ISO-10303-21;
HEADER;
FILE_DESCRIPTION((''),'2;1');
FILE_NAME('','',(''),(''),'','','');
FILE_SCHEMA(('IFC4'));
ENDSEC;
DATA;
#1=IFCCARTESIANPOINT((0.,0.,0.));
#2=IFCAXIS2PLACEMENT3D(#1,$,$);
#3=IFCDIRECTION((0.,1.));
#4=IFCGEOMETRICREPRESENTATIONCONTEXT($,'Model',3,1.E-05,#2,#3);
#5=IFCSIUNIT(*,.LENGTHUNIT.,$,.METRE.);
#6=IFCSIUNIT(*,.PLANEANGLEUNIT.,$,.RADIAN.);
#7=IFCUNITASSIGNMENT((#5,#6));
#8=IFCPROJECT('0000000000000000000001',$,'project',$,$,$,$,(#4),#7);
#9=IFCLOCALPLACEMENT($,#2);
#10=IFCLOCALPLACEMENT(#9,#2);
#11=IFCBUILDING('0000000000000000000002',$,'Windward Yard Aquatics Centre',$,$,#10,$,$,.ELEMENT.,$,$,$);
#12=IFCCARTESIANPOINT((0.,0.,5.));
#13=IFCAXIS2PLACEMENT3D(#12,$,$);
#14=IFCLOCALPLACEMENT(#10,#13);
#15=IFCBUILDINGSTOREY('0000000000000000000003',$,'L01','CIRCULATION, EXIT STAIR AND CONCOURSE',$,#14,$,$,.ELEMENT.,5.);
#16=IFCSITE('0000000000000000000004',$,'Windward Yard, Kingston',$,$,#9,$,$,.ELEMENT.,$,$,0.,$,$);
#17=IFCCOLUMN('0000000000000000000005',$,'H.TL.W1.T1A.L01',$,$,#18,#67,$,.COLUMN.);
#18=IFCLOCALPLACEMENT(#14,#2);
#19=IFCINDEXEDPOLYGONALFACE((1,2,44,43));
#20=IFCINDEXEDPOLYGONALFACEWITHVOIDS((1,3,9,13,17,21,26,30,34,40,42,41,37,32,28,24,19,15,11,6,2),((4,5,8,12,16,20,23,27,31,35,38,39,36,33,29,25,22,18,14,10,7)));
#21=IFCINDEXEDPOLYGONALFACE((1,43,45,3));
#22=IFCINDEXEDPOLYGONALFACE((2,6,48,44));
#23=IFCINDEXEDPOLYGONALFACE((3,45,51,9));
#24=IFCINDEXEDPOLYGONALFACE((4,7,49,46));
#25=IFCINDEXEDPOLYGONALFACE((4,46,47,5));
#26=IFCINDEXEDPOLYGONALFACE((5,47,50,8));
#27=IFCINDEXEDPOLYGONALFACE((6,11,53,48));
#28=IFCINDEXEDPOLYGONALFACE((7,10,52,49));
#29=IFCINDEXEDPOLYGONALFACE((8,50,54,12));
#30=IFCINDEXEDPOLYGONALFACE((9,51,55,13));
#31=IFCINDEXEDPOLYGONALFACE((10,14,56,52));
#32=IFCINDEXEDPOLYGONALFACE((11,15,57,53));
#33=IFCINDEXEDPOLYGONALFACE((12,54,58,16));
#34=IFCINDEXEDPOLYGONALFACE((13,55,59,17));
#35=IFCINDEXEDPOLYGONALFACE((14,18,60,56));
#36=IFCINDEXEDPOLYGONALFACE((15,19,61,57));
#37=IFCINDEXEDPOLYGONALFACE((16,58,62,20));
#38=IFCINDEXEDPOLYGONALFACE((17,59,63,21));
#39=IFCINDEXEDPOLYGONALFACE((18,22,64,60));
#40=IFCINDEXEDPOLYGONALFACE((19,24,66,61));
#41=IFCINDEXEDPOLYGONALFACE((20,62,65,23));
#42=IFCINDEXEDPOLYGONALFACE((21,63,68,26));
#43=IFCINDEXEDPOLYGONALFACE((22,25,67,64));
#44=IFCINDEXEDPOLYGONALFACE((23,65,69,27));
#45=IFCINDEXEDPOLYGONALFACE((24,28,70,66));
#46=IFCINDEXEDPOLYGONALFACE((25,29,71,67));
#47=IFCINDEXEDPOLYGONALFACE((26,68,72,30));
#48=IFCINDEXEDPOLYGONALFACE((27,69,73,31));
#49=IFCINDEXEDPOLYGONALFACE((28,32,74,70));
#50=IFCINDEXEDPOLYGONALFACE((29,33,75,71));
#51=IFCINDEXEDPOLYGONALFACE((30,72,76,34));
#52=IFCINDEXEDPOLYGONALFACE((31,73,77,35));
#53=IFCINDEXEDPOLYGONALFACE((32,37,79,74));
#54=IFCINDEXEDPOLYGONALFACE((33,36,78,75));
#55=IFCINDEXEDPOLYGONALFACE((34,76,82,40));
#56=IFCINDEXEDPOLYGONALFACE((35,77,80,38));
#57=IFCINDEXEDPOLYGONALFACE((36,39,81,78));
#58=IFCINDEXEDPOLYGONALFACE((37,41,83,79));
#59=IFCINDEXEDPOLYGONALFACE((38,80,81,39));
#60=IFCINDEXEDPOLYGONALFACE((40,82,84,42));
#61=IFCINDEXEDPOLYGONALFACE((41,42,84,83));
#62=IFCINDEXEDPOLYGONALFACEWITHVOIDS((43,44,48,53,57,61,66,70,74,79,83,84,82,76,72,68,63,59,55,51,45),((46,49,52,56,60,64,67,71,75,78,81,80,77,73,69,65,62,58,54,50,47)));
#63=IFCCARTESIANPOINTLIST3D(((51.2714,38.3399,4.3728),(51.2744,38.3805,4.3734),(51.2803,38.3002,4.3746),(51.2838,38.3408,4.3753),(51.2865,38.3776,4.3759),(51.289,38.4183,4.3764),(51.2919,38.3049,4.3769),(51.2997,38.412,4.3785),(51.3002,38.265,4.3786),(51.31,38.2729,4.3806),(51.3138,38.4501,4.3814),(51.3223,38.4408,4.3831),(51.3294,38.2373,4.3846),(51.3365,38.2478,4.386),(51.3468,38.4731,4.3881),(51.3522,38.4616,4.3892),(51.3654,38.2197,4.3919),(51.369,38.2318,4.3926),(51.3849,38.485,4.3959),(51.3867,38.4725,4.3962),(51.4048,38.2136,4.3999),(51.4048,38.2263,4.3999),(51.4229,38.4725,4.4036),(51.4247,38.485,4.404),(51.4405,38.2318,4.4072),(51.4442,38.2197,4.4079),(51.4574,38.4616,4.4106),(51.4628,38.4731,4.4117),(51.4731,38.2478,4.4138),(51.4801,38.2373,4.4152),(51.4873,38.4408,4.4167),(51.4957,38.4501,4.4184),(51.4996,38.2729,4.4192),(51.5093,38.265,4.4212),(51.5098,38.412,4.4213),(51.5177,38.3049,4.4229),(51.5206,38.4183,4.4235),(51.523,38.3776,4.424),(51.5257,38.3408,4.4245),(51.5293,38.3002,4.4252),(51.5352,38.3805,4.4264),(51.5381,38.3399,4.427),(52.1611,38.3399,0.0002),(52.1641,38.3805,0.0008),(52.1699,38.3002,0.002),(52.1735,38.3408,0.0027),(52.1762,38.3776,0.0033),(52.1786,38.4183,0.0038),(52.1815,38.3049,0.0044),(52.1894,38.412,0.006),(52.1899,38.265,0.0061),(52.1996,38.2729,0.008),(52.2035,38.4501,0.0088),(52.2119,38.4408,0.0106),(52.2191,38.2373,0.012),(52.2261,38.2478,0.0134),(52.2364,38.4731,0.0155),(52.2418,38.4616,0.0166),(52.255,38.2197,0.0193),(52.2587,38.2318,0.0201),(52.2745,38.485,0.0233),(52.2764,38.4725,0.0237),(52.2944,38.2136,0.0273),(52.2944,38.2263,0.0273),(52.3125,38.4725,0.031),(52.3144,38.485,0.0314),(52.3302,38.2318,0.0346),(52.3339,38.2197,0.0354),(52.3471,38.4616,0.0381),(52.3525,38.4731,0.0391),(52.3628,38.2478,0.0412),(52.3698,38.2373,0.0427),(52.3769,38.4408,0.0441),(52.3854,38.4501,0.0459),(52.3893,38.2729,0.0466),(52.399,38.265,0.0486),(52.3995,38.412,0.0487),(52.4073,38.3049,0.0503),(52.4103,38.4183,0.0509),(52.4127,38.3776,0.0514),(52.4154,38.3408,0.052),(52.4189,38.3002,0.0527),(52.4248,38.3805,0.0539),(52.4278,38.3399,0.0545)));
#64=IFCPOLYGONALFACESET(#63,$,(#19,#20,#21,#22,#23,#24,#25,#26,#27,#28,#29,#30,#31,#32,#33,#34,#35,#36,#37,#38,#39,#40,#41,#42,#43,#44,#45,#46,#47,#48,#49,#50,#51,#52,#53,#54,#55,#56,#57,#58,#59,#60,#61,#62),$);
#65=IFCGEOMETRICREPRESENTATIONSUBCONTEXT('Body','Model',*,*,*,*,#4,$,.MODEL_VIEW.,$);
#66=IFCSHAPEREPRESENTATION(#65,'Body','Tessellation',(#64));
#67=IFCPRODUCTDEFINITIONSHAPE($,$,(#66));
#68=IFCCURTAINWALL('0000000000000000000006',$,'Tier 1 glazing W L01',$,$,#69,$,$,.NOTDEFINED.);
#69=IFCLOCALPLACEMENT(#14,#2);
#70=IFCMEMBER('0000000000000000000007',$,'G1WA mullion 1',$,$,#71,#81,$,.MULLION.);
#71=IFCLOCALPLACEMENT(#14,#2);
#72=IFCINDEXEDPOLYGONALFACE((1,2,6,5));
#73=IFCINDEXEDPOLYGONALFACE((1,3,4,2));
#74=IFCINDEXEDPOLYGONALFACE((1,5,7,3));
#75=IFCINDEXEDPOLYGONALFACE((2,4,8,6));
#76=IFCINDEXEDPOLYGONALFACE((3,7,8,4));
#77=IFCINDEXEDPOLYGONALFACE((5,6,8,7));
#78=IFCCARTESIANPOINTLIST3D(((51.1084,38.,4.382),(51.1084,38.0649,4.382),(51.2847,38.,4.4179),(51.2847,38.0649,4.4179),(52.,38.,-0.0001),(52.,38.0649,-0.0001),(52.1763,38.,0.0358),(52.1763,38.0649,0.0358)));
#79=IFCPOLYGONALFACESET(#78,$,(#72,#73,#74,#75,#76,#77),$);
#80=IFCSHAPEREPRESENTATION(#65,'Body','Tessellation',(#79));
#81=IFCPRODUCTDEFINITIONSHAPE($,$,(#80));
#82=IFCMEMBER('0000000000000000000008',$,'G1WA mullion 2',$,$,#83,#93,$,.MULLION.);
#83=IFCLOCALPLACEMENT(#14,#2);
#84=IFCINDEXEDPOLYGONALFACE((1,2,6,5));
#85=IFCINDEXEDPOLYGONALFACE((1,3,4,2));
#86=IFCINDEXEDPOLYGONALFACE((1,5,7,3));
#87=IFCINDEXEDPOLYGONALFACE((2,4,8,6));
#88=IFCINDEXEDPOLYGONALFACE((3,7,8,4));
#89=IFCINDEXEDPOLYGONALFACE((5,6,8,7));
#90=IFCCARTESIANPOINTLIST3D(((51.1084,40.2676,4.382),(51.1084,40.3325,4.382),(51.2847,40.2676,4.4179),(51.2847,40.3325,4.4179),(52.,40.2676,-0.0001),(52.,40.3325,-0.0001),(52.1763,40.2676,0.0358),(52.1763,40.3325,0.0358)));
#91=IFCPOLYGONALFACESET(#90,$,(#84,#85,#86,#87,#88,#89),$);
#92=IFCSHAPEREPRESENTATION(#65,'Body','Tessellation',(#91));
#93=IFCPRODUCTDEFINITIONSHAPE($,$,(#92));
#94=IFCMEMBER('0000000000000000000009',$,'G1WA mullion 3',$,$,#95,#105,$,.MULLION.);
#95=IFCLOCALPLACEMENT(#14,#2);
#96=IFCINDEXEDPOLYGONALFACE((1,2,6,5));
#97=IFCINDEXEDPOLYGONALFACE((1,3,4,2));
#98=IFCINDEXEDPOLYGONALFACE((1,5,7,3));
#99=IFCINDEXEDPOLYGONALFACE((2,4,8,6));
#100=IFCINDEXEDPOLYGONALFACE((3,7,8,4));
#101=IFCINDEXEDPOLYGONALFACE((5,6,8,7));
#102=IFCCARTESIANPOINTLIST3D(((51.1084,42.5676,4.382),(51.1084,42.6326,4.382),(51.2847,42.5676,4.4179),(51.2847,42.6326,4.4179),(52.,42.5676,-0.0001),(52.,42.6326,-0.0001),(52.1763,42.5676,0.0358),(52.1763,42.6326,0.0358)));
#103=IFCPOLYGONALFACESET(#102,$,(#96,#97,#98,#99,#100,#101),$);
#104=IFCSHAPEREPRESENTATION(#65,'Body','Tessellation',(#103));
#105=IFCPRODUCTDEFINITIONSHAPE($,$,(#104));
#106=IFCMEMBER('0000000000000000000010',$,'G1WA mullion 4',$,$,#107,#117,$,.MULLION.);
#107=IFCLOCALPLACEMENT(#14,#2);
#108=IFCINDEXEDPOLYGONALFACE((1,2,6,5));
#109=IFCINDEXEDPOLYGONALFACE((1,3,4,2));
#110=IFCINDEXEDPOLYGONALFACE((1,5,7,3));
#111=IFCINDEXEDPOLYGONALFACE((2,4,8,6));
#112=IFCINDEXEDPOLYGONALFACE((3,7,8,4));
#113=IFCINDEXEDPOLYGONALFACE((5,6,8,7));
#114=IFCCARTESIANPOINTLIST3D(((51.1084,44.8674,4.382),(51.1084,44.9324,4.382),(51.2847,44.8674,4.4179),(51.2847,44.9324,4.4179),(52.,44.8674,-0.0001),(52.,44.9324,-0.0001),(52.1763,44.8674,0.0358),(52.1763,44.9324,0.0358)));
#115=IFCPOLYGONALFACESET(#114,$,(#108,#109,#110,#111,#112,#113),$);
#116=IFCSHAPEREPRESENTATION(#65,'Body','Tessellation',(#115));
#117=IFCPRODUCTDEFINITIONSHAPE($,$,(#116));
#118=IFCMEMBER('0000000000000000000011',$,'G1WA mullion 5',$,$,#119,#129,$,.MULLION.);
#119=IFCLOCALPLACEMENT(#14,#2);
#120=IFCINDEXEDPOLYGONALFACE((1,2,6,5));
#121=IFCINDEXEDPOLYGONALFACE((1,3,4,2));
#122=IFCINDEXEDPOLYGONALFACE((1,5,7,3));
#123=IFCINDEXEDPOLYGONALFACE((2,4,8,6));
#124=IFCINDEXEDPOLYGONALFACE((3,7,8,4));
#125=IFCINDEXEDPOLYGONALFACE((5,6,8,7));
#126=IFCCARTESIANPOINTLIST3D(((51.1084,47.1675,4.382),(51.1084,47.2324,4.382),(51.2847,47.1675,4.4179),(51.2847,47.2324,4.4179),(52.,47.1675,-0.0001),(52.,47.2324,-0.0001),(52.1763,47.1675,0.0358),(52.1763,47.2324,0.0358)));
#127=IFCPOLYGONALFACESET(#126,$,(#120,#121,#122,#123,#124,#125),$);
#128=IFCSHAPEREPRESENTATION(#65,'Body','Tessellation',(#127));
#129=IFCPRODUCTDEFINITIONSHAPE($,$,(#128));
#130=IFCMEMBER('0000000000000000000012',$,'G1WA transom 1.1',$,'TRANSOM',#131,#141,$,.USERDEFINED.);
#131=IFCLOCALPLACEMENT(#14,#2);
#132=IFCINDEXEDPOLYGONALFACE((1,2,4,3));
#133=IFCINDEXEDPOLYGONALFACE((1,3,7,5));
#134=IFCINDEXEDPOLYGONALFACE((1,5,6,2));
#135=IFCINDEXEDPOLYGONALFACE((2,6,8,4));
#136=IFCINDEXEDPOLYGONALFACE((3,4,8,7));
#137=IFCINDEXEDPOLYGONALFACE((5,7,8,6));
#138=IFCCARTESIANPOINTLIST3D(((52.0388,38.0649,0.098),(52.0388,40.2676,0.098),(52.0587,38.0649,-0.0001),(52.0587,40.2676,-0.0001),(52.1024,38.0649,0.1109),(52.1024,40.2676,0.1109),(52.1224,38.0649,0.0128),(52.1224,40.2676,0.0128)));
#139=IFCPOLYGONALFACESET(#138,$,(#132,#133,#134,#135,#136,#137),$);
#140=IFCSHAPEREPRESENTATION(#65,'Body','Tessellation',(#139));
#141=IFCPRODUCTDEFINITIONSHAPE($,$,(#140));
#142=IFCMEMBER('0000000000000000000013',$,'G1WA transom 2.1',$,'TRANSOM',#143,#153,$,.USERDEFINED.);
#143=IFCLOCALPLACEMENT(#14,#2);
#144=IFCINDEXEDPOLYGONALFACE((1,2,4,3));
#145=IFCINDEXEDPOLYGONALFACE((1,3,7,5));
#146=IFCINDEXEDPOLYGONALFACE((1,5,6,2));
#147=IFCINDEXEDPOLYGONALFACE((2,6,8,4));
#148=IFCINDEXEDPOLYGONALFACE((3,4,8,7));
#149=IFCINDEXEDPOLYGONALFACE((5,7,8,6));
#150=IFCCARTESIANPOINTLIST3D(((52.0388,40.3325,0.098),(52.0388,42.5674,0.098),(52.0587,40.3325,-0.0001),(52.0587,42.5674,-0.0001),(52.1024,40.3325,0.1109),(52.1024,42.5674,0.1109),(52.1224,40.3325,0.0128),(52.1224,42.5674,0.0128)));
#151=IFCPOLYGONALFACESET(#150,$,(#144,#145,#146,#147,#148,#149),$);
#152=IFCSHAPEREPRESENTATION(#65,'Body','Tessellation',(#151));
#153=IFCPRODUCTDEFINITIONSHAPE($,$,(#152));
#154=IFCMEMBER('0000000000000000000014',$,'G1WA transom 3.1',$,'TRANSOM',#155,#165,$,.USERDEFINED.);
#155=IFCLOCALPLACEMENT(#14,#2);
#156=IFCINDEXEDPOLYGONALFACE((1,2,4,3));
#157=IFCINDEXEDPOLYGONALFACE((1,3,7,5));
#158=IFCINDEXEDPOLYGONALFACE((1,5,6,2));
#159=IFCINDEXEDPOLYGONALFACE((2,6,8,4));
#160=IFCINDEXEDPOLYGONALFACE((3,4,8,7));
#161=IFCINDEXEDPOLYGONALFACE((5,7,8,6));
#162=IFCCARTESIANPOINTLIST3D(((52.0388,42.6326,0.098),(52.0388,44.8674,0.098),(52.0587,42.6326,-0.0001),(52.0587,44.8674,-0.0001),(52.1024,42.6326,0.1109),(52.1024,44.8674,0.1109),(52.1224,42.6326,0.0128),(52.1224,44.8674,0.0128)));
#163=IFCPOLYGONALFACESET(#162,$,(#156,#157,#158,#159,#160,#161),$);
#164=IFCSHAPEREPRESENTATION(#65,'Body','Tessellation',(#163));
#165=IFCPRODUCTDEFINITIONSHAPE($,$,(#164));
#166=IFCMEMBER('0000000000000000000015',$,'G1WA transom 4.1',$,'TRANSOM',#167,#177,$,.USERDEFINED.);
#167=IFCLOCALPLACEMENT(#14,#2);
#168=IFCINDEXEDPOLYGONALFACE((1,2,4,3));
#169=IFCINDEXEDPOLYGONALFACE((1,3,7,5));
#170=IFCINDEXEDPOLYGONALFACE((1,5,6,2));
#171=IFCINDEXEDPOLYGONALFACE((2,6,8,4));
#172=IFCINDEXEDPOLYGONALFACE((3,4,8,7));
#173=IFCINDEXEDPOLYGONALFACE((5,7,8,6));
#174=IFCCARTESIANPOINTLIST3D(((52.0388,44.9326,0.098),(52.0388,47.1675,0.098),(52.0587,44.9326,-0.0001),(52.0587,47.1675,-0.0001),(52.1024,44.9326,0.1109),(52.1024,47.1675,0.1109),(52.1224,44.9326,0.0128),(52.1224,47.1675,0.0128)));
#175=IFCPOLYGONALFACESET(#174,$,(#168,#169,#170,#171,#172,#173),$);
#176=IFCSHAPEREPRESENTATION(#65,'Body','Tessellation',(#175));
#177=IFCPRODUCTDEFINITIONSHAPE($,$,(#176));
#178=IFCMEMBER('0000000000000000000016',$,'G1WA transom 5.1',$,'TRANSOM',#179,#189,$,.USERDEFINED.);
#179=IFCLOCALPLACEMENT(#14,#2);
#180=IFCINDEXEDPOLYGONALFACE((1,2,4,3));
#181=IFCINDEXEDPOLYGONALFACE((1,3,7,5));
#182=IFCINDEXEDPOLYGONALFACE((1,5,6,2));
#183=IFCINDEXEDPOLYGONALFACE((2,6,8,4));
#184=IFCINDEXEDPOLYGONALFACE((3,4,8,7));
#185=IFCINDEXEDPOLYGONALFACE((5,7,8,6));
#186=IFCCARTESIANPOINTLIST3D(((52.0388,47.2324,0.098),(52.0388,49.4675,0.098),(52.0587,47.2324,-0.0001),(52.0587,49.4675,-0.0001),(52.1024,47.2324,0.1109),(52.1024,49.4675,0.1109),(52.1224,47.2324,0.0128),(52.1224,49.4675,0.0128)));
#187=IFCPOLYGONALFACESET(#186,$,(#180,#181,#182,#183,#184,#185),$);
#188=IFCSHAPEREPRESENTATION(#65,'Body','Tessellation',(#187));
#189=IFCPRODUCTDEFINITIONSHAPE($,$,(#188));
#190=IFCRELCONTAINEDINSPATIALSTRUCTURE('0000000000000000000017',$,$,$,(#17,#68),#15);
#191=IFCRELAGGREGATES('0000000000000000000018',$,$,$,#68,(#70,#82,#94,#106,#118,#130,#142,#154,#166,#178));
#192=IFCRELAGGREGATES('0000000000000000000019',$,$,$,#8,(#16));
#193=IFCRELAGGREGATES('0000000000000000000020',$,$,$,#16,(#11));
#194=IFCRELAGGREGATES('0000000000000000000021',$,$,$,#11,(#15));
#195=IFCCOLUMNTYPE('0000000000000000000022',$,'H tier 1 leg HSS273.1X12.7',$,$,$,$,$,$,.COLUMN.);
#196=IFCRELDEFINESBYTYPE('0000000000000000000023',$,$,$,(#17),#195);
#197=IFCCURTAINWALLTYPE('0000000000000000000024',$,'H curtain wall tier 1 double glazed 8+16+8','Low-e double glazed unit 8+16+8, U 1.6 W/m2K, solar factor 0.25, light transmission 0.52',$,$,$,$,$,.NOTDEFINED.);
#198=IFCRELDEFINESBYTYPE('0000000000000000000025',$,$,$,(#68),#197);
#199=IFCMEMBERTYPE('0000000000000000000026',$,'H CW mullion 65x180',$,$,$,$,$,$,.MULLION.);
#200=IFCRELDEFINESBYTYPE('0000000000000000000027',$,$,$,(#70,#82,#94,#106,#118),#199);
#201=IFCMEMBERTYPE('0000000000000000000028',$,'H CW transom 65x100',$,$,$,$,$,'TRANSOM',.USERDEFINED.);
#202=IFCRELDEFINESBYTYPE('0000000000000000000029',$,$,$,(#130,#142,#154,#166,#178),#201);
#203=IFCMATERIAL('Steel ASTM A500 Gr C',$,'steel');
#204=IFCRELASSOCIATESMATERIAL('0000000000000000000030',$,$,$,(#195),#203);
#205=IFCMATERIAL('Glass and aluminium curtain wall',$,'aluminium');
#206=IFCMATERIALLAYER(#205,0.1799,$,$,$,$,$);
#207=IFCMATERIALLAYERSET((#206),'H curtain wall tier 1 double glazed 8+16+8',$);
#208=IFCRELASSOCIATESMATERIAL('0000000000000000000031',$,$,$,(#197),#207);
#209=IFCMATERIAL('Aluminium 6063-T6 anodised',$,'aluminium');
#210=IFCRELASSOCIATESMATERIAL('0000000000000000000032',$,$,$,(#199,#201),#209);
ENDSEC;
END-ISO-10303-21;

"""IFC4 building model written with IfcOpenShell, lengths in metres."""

from ifc_helpers import new_model, si_unit, direction, frame, origin, origin_2d, place, context, subcontext, project, spatial, rectangle, hollow_circle, extrude, material, layer, layer_set, material_profile, profile_set, type_object, element, aggregate, save


model = new_model("IFC4")

# Units and contexts
model_context = context("Model", 3, precision=1e-05, world=origin(), true_north=direction((0.0, 1.0)))
body_context = subcontext(model_context, "Body", "Model", "MODEL_VIEW")
ifc_project = project(units=[si_unit("LENGTHUNIT", "METRE"), si_unit("PLANEANGLEUNIT", "RADIAN")], contexts=[model_context])

# Site, building, storey
site_placement = place(None, origin())
site = spatial("IfcSite", under=ifc_project, at=site_placement, Name="Windward Yard, Kingston", CompositionType="ELEMENT", RefElevation=0.0)
building_placement = place(site_placement, origin())
building = spatial("IfcBuilding", under=site, at=building_placement, Name="Windward Yard Aquatics Centre", CompositionType="ELEMENT")
storey_placement = place(building_placement, frame((0.0, 0.0, 5.0)))
storey = spatial("IfcBuildingStorey", under=building, at=storey_placement, Name="L01", Description="CIRCULATION, EXIT STAIR AND CONCOURSE", CompositionType="ELEMENT", Elevation=5.0)

# Column
ifc_material_1 = material(Name="Steel ASTM A500 Gr C", Category="steel")
ifc_material_profile_1 = material_profile(ifc_material_1, hollow_circle(Radius=0.1365, WallThickness=0.0127, at=origin_2d()), Name="HSS273.1X12.7")
ifc_profile_set_1 = profile_set([ifc_material_profile_1], Name="Steel ASTM A500 Gr C")
column_type = type_object("IfcColumnType", Name="H tier 1 leg HSS273.1X12.7", PredefinedType="COLUMN", material=ifc_profile_set_1)
column_placement = place(storey_placement, frame((52.2944, 38.3501, 0.0273), z_axis=(-0.199377, 0.0, 0.979923), x_axis=(0.0, -1.0, 0.0)))
element("IfcColumn", 1, at=column_placement, inside=storey, type_object=column_type, Name="H.TL.W1.T1A.L01", PredefinedType="COLUMN", context=body_context, shape_type="SweptSolid", body=[
    extrude(hollow_circle(Radius=0.1365, WallThickness=0.0127, at=origin_2d()), origin(), (0.0, 0.0, 1.0), 4.4622),
])

# Curtain wall, members
ifc_material_2 = material(Name="Glass and aluminium curtain wall", Category="aluminium")
ifc_layer_1 = layer(ifc_material_2, 0.1799)
ifc_layer_set_1 = layer_set([ifc_layer_1], Name="H curtain wall tier 1 double glazed 8+16+8")
curtain_wall_type = type_object("IfcCurtainWallType", Name="H curtain wall tier 1 double glazed 8+16+8", Description="Low-e double glazed unit 8+16+8, U 1.6 W/m2K, solar factor 0.25, light transmission 0.52", PredefinedType="NOTDEFINED", material=ifc_layer_set_1)
curtain_wall_placement = place(storey_placement, origin())
curtain_wall = element("IfcCurtainWall", 2, at=curtain_wall_placement, inside=storey, type_object=curtain_wall_type, Name="Tier 1 glazing W L01", PredefinedType="NOTDEFINED")
ifc_material_3 = material(Name="Aluminium 6063-T6 anodised", Category="aluminium")
ifc_material_profile_2 = material_profile(ifc_material_3, rectangle(XDim=0.0649, YDim=0.1799, at=origin_2d()), Name="H CW mullion 65x180")
ifc_profile_set_2 = profile_set([ifc_material_profile_2], Name="Aluminium 6063-T6 anodised")
member_type_1 = type_object("IfcMemberType", Name="H CW mullion 65x180", PredefinedType="MULLION", material=ifc_profile_set_2)
member_1_placement = place(storey_placement, frame((52.0881, 38.0325, 0.0178), z_axis=(-0.19938, 0.0, 0.979922), x_axis=(0.0, -1.0, 0.0)))
member_1 = element("IfcMember", 3, at=member_1_placement, type_object=member_type_1, Name="G1WA mullion 1", PredefinedType="MULLION", context=body_context, shape_type="SweptSolid", body=[
    extrude(rectangle(XDim=0.0649, YDim=0.1799, at=origin_2d()), origin(), (0.0, 0.0, 1.0), 4.4719),
])
member_2_placement = place(storey_placement, frame((52.0881, 40.3, 0.0178), z_axis=(-0.19938, 0.0, 0.979922), x_axis=(0.0, -1.0, 0.0)))
member_2 = element("IfcMember", 4, at=member_2_placement, type_object=member_type_1, Name="G1WA mullion 2", PredefinedType="MULLION", context=body_context, shape_type="SweptSolid", body=[
    extrude(rectangle(XDim=0.0649, YDim=0.1799, at=origin_2d()), origin(), (0.0, 0.0, 1.0), 4.4719),
])
member_3_placement = place(storey_placement, frame((52.0881, 42.6001, 0.0178), z_axis=(-0.19938, 0.0, 0.979922), x_axis=(0.0, -1.0, 0.0)))
member_3 = element("IfcMember", 5, at=member_3_placement, type_object=member_type_1, Name="G1WA mullion 3", PredefinedType="MULLION", context=body_context, shape_type="SweptSolid", body=[
    extrude(rectangle(XDim=0.0649, YDim=0.1799, at=origin_2d()), origin(), (0.0, 0.0, 1.0), 4.4719),
])
member_4_placement = place(storey_placement, frame((52.0881, 44.8999, 0.0178), z_axis=(-0.19938, 0.0, 0.979922), x_axis=(0.0, -1.0, 0.0)))
member_4 = element("IfcMember", 6, at=member_4_placement, type_object=member_type_1, Name="G1WA mullion 4", PredefinedType="MULLION", context=body_context, shape_type="SweptSolid", body=[
    extrude(rectangle(XDim=0.0649, YDim=0.1799, at=origin_2d()), origin(), (0.0, 0.0, 1.0), 4.4719),
])
member_5_placement = place(storey_placement, frame((52.0881, 47.2, 0.0178), z_axis=(-0.19938, 0.0, 0.979922), x_axis=(0.0, -1.0, 0.0)))
member_5 = element("IfcMember", 7, at=member_5_placement, type_object=member_type_1, Name="G1WA mullion 5", PredefinedType="MULLION", context=body_context, shape_type="SweptSolid", body=[
    extrude(rectangle(XDim=0.0649, YDim=0.1799, at=origin_2d()), origin(), (0.0, 0.0, 1.0), 4.4719),
])
ifc_material_profile_3 = material_profile(ifc_material_3, rectangle(XDim=0.0649, YDim=0.1001, at=origin_2d()), Name="H CW transom 65x100")
ifc_profile_set_3 = profile_set([ifc_material_profile_3], Name="Aluminium 6063-T6 anodised")
member_type_2 = type_object("IfcMemberType", Name="H CW transom 65x100", ElementType="TRANSOM", PredefinedType="USERDEFINED", material=ifc_profile_set_3)
member_6_placement = place(storey_placement, frame((52.0806, 38.0649, 0.0554), z_axis=(0.0, 1.0, 0.0), x_axis=(0.979925, 0.0, 0.199368)))
member_6 = element("IfcMember", 8, at=member_6_placement, type_object=member_type_2, Name="G1WA transom 1.1", ObjectType="TRANSOM", PredefinedType="USERDEFINED", context=body_context, shape_type="SweptSolid", body=[
    extrude(rectangle(XDim=0.0649, YDim=0.1001, at=origin_2d()), origin(), (0.0, 0.0, 1.0), 2.2026),
])
member_7_placement = place(storey_placement, frame((52.0806, 40.3325, 0.0554), z_axis=(0.0, 1.0, 0.0), x_axis=(0.979925, 0.0, 0.199368)))
member_7 = element("IfcMember", 9, at=member_7_placement, type_object=member_type_2, Name="G1WA transom 2.1", ObjectType="TRANSOM", PredefinedType="USERDEFINED", context=body_context, shape_type="SweptSolid", body=[
    extrude(rectangle(XDim=0.0649, YDim=0.1001, at=origin_2d()), origin(), (0.0, 0.0, 1.0), 2.2349),
])
member_8_placement = place(storey_placement, frame((52.0806, 42.6326, 0.0554), z_axis=(0.0, 1.0, 0.0), x_axis=(0.979925, 0.0, 0.199368)))
member_8 = element("IfcMember", 10, at=member_8_placement, type_object=member_type_2, Name="G1WA transom 3.1", ObjectType="TRANSOM", PredefinedType="USERDEFINED", context=body_context, shape_type="SweptSolid", body=[
    extrude(rectangle(XDim=0.0649, YDim=0.1001, at=origin_2d()), origin(), (0.0, 0.0, 1.0), 2.2349),
])
member_9_placement = place(storey_placement, frame((52.0806, 44.9326, 0.0554), z_axis=(0.0, 1.0, 0.0), x_axis=(0.979925, 0.0, 0.199368)))
member_9 = element("IfcMember", 11, at=member_9_placement, type_object=member_type_2, Name="G1WA transom 4.1", ObjectType="TRANSOM", PredefinedType="USERDEFINED", context=body_context, shape_type="SweptSolid", body=[
    extrude(rectangle(XDim=0.0649, YDim=0.1001, at=origin_2d()), origin(), (0.0, 0.0, 1.0), 2.2349),
])
member_10_placement = place(storey_placement, frame((52.0806, 47.2324, 0.0554), z_axis=(0.0, 1.0, 0.0), x_axis=(0.979925, 0.0, 0.199368)))
member_10 = element("IfcMember", 12, at=member_10_placement, type_object=member_type_2, Name="G1WA transom 5.1", ObjectType="TRANSOM", PredefinedType="USERDEFINED", context=body_context, shape_type="SweptSolid", body=[
    extrude(rectangle(XDim=0.0649, YDim=0.1001, at=origin_2d()), origin(), (0.0, 0.0, 1.0), 2.2351),
])
aggregate(curtain_wall, [member_1, member_2, member_3, member_4, member_5, member_6, member_7, member_8, member_9, member_10])

save(model, "model.ifc")
